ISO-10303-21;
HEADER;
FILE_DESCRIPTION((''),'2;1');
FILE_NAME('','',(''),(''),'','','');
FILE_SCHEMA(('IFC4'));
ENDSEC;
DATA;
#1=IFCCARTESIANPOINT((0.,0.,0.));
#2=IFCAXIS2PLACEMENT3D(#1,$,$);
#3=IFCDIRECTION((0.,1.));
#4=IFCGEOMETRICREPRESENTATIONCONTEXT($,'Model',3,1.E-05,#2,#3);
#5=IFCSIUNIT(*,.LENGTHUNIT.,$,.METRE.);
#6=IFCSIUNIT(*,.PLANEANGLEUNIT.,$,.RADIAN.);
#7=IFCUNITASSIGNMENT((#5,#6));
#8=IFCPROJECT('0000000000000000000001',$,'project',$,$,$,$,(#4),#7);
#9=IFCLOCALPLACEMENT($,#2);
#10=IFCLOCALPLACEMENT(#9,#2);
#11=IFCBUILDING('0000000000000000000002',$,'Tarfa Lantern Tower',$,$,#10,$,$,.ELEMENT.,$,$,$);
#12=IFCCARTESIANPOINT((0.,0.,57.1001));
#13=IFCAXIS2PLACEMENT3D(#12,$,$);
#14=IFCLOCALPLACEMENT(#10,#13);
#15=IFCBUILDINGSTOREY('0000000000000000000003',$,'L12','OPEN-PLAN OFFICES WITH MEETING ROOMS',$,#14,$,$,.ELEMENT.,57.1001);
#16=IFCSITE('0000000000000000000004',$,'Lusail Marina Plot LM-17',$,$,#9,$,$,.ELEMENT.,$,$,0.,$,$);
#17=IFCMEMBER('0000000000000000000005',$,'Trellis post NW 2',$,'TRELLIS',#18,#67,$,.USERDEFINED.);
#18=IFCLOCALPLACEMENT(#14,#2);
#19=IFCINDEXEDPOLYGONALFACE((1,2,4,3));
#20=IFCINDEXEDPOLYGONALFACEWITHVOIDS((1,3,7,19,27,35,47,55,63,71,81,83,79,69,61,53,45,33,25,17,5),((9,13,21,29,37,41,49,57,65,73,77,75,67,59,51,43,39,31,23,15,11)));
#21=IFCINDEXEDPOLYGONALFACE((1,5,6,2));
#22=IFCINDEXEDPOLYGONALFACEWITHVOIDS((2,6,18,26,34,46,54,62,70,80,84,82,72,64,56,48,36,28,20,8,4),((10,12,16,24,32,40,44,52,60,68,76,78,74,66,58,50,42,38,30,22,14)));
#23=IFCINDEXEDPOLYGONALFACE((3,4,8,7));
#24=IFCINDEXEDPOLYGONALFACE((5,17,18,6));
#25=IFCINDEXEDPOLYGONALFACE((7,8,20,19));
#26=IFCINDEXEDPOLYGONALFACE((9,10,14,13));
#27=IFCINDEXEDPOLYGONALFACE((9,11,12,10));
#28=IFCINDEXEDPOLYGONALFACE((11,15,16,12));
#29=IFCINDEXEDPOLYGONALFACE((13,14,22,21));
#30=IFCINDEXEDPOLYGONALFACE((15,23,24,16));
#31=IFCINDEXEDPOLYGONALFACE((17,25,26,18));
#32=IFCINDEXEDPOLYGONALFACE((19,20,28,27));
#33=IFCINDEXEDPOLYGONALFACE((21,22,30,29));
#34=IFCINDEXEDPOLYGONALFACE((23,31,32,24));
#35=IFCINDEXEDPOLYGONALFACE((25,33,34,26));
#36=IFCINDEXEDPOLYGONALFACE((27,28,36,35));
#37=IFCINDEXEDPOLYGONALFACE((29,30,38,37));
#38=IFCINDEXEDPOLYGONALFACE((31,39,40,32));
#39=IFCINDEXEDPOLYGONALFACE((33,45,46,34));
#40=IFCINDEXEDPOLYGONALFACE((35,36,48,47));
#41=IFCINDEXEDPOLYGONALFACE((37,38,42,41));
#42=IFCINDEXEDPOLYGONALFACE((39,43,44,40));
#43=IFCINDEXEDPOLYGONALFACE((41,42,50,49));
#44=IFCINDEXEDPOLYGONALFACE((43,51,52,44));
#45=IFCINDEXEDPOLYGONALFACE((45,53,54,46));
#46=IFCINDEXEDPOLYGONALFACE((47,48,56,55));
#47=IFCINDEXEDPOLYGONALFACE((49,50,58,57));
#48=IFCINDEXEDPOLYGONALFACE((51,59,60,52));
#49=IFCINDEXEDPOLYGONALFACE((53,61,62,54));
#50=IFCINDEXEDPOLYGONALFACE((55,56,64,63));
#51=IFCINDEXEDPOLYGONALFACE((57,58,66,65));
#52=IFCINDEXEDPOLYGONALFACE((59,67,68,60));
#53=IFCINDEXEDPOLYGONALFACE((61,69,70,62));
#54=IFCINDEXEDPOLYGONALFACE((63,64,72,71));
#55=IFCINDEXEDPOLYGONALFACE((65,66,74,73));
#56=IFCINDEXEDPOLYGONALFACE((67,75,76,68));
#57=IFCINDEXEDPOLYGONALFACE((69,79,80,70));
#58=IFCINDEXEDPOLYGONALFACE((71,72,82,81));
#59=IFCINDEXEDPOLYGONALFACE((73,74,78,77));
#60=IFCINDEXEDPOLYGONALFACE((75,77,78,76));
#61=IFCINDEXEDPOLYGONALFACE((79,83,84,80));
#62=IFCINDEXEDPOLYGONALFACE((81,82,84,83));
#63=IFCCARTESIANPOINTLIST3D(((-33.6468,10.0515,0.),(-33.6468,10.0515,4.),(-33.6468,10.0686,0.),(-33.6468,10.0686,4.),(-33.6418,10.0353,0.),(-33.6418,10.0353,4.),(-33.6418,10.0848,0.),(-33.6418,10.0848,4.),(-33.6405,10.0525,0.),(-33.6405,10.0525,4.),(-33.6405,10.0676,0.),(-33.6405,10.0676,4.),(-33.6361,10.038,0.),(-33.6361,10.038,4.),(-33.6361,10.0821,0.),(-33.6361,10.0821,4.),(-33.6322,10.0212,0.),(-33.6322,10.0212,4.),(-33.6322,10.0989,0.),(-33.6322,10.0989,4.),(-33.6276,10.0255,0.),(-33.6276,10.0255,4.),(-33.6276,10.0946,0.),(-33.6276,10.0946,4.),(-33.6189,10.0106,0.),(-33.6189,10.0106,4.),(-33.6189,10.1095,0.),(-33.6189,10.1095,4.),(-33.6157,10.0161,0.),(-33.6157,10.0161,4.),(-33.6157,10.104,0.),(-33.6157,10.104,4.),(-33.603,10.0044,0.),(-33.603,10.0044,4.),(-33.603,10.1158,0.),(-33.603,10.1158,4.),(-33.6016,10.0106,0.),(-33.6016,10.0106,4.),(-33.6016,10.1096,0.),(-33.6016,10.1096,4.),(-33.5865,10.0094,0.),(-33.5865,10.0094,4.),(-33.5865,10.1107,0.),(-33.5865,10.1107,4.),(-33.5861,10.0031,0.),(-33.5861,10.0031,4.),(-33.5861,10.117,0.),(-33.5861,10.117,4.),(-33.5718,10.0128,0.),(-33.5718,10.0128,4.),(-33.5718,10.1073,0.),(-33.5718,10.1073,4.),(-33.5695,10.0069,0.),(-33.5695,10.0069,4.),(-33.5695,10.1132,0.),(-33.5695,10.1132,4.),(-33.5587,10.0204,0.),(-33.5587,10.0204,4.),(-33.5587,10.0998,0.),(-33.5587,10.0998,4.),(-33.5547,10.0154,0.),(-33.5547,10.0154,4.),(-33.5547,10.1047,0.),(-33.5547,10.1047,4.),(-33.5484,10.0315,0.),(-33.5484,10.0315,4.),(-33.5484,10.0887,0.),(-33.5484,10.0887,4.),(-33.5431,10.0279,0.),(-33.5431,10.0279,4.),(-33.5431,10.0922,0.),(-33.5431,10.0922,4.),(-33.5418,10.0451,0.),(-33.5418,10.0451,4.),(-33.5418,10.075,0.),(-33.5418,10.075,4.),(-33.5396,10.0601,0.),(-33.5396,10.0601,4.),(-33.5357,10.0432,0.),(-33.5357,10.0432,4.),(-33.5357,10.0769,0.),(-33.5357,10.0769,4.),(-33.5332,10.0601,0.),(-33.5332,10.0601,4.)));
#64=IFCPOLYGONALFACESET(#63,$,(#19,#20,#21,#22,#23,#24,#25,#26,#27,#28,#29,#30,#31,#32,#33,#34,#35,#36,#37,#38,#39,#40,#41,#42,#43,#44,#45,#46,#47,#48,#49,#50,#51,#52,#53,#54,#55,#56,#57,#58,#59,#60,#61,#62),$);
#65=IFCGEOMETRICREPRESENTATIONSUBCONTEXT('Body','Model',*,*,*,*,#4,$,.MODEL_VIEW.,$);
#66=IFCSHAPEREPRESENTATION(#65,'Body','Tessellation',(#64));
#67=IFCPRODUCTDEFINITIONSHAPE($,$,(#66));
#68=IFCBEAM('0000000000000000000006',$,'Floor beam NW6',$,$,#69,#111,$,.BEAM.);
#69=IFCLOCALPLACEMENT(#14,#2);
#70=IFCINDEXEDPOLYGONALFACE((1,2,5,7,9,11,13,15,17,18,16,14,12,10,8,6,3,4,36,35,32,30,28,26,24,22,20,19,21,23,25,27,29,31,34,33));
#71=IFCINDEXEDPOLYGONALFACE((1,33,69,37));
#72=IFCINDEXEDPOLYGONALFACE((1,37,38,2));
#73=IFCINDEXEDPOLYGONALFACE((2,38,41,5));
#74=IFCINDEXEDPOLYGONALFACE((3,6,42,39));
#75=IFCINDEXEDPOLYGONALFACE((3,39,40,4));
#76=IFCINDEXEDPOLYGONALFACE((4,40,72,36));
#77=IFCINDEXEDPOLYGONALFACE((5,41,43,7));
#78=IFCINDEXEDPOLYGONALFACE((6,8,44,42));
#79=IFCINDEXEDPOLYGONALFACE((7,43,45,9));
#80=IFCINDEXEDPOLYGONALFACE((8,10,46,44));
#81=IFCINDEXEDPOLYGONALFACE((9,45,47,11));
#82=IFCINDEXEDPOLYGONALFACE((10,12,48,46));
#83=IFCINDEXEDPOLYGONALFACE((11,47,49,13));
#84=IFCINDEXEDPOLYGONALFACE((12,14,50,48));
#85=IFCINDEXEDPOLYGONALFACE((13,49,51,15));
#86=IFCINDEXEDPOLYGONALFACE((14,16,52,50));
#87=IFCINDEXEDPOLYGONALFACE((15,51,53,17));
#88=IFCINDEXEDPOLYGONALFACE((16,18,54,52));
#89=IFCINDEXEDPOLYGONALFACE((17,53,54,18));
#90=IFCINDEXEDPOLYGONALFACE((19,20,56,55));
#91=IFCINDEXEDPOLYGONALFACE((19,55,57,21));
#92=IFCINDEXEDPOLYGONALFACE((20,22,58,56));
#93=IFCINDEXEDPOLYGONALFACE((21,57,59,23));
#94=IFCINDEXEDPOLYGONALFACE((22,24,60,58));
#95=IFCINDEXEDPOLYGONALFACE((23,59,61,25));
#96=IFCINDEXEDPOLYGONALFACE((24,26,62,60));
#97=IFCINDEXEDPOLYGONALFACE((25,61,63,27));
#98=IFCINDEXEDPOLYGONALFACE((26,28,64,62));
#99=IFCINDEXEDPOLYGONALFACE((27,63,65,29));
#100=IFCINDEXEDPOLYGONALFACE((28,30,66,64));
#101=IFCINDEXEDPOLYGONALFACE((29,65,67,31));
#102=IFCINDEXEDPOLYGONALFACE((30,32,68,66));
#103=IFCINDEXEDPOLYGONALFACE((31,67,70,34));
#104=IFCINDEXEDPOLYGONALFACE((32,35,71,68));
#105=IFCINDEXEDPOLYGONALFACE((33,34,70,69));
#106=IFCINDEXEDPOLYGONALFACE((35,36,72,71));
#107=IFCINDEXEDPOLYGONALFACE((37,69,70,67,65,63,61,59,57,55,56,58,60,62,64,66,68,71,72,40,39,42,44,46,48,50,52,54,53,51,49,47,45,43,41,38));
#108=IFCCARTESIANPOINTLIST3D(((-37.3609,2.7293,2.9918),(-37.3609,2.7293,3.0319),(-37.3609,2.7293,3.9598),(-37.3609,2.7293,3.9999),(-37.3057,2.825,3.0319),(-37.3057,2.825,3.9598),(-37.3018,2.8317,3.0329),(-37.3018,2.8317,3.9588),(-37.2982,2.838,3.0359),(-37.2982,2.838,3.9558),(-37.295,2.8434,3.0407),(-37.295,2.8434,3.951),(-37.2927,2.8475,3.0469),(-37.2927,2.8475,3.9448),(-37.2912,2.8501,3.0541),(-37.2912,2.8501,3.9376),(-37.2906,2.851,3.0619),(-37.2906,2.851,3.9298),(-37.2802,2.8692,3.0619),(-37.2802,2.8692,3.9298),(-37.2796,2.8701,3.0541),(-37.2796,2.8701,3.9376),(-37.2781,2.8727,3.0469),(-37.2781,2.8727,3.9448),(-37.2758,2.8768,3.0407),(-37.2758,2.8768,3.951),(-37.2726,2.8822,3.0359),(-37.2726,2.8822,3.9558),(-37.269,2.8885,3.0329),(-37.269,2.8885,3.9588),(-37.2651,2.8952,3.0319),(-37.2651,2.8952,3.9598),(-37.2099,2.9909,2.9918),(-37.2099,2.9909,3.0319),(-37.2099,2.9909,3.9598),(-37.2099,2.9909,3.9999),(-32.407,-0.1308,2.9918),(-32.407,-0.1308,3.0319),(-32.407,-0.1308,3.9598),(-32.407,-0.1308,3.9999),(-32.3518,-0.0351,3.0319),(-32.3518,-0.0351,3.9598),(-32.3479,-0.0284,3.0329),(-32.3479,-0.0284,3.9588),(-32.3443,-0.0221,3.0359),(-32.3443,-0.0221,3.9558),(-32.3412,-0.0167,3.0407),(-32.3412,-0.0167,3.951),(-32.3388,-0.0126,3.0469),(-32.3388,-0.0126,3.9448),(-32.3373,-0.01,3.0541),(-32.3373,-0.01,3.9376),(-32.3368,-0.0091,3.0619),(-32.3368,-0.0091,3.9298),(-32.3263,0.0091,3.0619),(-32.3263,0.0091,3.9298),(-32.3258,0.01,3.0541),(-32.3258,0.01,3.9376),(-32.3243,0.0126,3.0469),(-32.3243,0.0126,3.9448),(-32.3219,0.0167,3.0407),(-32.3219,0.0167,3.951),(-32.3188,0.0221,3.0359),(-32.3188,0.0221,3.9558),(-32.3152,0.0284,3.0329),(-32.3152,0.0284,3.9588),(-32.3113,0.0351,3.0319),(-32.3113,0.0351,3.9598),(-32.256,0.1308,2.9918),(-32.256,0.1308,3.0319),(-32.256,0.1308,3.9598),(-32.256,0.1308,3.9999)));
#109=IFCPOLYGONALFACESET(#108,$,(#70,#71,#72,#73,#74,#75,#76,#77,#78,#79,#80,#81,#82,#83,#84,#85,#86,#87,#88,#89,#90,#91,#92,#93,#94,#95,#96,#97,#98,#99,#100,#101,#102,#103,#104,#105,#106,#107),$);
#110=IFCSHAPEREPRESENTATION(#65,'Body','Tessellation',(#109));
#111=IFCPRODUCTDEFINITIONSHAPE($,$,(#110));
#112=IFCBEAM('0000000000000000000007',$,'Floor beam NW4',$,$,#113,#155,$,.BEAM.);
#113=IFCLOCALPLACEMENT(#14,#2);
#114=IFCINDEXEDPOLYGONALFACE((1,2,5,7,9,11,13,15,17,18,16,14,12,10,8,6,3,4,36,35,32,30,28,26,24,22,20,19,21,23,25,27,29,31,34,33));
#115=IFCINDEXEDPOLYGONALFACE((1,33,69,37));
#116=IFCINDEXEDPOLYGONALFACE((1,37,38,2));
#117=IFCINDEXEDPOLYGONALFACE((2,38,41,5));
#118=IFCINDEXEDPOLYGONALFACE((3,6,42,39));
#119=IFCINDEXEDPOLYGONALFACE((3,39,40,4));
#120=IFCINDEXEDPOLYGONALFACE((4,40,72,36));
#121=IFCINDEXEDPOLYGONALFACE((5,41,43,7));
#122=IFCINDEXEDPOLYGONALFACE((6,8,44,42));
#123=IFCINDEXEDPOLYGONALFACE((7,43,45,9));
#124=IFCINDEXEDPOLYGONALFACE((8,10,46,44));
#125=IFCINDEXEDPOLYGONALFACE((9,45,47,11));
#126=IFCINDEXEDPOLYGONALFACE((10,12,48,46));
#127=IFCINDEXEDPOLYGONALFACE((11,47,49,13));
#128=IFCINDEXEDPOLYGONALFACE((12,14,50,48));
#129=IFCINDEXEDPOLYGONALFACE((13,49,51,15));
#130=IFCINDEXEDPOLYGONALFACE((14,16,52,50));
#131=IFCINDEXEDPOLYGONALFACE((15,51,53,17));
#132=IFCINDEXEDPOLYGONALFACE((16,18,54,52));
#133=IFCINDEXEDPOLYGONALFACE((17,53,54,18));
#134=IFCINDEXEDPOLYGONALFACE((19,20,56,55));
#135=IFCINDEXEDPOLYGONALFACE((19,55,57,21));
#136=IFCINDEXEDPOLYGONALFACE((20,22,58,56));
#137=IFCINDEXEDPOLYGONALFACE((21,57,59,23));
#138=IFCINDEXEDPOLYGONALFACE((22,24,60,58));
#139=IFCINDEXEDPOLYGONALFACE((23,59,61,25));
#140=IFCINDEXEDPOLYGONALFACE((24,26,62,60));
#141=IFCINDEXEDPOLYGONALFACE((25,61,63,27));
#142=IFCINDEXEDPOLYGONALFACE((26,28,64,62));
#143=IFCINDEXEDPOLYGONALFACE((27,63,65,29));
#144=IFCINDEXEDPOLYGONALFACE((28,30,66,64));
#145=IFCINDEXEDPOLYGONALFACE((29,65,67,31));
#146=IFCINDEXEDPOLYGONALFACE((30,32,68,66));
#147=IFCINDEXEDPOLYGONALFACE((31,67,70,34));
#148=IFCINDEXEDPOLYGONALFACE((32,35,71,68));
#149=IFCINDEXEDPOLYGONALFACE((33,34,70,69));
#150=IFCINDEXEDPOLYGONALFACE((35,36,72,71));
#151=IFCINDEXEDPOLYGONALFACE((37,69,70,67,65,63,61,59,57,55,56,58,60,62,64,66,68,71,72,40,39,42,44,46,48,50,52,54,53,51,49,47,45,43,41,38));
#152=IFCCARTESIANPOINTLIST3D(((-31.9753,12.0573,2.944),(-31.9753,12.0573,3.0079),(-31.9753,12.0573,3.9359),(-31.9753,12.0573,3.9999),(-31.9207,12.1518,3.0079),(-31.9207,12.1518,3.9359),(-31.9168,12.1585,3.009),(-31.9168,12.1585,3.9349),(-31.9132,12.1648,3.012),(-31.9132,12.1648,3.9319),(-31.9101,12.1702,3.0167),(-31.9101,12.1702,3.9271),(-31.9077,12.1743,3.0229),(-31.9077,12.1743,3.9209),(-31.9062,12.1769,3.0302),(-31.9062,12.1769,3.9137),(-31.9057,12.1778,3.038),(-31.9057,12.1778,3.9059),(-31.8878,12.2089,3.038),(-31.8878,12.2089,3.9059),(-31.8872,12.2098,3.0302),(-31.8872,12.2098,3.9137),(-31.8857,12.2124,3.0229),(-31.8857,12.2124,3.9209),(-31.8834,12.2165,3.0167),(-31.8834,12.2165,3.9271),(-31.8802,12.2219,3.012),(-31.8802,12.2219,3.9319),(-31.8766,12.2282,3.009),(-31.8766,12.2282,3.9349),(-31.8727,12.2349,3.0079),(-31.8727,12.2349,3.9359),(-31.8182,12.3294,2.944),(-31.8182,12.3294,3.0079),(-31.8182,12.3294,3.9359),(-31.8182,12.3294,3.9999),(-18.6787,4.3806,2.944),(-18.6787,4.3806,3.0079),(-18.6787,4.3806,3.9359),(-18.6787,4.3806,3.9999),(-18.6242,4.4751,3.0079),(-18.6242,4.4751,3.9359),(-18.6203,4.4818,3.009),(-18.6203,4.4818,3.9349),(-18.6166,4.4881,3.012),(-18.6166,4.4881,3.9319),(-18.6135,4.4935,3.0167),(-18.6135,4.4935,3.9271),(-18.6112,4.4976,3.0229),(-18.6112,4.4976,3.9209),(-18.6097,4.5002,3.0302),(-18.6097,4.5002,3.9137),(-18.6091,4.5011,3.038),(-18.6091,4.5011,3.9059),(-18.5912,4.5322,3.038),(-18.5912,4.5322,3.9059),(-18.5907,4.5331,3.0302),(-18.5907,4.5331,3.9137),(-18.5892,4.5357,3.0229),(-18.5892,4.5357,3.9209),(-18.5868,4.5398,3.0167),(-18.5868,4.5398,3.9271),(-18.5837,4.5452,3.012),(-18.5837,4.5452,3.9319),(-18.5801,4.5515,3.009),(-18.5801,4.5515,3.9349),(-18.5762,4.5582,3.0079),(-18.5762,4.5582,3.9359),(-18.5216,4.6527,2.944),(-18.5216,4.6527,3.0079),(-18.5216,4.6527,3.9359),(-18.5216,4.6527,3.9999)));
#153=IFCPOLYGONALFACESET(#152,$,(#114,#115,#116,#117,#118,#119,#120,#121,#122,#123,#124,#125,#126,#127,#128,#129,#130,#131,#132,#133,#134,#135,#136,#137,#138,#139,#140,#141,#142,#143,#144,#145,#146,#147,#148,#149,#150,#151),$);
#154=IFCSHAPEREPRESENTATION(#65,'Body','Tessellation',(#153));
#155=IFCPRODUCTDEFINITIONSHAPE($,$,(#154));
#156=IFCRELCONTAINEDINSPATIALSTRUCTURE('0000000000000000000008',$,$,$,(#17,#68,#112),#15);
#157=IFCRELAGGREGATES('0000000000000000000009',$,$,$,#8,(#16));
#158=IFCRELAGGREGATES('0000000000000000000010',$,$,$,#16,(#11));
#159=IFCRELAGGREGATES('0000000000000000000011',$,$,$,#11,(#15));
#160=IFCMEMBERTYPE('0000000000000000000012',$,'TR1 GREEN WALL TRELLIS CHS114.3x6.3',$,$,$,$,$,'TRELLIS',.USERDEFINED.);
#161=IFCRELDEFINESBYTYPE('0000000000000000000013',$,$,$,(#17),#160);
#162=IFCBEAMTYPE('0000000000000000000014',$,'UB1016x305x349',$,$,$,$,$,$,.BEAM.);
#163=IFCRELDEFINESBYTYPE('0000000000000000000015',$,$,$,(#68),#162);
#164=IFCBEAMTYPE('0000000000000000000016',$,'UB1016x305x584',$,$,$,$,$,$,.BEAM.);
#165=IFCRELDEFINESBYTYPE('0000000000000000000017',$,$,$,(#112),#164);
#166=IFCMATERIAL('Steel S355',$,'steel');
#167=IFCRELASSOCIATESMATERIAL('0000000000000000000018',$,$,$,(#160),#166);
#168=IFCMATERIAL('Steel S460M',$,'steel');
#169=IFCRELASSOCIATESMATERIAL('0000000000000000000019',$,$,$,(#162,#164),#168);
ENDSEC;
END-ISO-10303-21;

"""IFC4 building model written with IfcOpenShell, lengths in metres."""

from ifc_helpers import new_model, si_unit, direction, frame, origin, origin_2d, place, context, subcontext, project, spatial, hollow_circle, i_section, extrude, material, material_profile, profile_set, type_object, element, save


model = new_model("IFC4")

# Units and contexts
model_context = context("Model", 3, precision=1e-05, world=origin(), true_north=direction((0.0, 1.0)))
body_context = subcontext(model_context, "Body", "Model", "MODEL_VIEW")
ifc_project = project(units=[si_unit("LENGTHUNIT", "METRE"), si_unit("PLANEANGLEUNIT", "RADIAN")], contexts=[model_context])

# Site, building, storey
site_placement = place(None, origin())
site = spatial("IfcSite", under=ifc_project, at=site_placement, Name="Lusail Marina Plot LM-17", CompositionType="ELEMENT", RefElevation=0.0)
building_placement = place(site_placement, origin())
building = spatial("IfcBuilding", under=site, at=building_placement, Name="Tarfa Lantern Tower", CompositionType="ELEMENT")
storey_placement = place(building_placement, frame((0.0, 0.0, 57.1001)))
storey = spatial("IfcBuildingStorey", under=building, at=storey_placement, Name="L12", Description="OPEN-PLAN OFFICES WITH MEETING ROOMS", CompositionType="ELEMENT", Elevation=57.1001)

# Member
ifc_material_1 = material(Name="Steel S355", Category="steel")
ifc_material_profile_1 = material_profile(ifc_material_1, hollow_circle(Radius=0.0571, WallThickness=0.0063, at=origin_2d()), Name="CHS114.3x6.3")
ifc_profile_set_1 = profile_set([ifc_material_profile_1], Name="Steel S355")
member_type_1 = type_object("IfcMemberType", Name="TR1 GREEN WALL TRELLIS CHS114.3x6.3", ElementType="TRELLIS", PredefinedType="USERDEFINED", material=ifc_profile_set_1)
member_1_placement = place(storey_placement, frame((-33.5903, 10.0601, 0.0), z_axis=(0.0, 0.0, 1.0), x_axis=(1.0, 0.0, 0.0)))
element("IfcMember", 1, at=member_1_placement, inside=storey, type_object=member_type_1, Name="Trellis post NW 2", ObjectType="TRELLIS", PredefinedType="USERDEFINED", context=body_context, shape_type="SweptSolid", body=[
    extrude(hollow_circle(Radius=0.0571, WallThickness=0.0063, at=origin_2d()), origin(), (0.0, 0.0, 1.0), 4.0),
])

# Beams
ifc_material_2 = material(Name="Steel S460M", Category="steel")
ifc_material_profile_2 = material_profile(ifc_material_2, i_section(OverallWidth=0.302, OverallDepth=1.0081, WebThickness=0.021, FlangeThickness=0.04, FilletRadius=0.03, at=origin_2d()), Name="UB1016x305x349")
ifc_profile_set_2 = profile_set([ifc_material_profile_2], Name="Steel S460M")
beam_type_1 = type_object("IfcBeamType", Name="UB1016x305x349", PredefinedType="BEAM", material=ifc_profile_set_2)
beam_1_placement = place(storey_placement, frame((-37.2854, 2.8601, 3.4958), z_axis=(0.866026, -0.5, 0.0), x_axis=(0.5, 0.866026, 0.0)))
element("IfcBeam", 2, at=beam_1_placement, inside=storey, type_object=beam_type_1, Name="Floor beam NW6", PredefinedType="BEAM", context=body_context, shape_type="SweptSolid", body=[
    extrude(i_section(OverallWidth=0.302, OverallDepth=1.0081, WebThickness=0.021, FlangeThickness=0.04, FilletRadius=0.03, at=origin_2d()), origin(), (0.0, 0.0, 1.0), 5.7202),
])
ifc_material_profile_3 = material_profile(ifc_material_2, i_section(OverallWidth=0.3142, OverallDepth=1.0559, WebThickness=0.0359, FlangeThickness=0.064, FilletRadius=0.03, at=origin_2d()), Name="UB1016x305x584")
ifc_profile_set_3 = profile_set([ifc_material_profile_3], Name="Steel S460M")
beam_type_2 = type_object("IfcBeamType", Name="UB1016x305x584", PredefinedType="BEAM", material=ifc_profile_set_3)
beam_2_placement = place(storey_placement, frame((-31.8967, 12.1934, 3.4719), z_axis=(0.866027, -0.499997, 0.0), x_axis=(0.499997, 0.866027, 0.0)))
element("IfcBeam", 3, at=beam_2_placement, inside=storey, type_object=beam_type_2, Name="Floor beam NW4", PredefinedType="BEAM", context=body_context, shape_type="SweptSolid", body=[
    extrude(i_section(OverallWidth=0.3142, OverallDepth=1.0559, WebThickness=0.0359, FlangeThickness=0.064, FilletRadius=0.03, at=origin_2d()), origin(), (0.0, 0.0, 1.0), 15.3535),
])

save(model, "model.ifc")
